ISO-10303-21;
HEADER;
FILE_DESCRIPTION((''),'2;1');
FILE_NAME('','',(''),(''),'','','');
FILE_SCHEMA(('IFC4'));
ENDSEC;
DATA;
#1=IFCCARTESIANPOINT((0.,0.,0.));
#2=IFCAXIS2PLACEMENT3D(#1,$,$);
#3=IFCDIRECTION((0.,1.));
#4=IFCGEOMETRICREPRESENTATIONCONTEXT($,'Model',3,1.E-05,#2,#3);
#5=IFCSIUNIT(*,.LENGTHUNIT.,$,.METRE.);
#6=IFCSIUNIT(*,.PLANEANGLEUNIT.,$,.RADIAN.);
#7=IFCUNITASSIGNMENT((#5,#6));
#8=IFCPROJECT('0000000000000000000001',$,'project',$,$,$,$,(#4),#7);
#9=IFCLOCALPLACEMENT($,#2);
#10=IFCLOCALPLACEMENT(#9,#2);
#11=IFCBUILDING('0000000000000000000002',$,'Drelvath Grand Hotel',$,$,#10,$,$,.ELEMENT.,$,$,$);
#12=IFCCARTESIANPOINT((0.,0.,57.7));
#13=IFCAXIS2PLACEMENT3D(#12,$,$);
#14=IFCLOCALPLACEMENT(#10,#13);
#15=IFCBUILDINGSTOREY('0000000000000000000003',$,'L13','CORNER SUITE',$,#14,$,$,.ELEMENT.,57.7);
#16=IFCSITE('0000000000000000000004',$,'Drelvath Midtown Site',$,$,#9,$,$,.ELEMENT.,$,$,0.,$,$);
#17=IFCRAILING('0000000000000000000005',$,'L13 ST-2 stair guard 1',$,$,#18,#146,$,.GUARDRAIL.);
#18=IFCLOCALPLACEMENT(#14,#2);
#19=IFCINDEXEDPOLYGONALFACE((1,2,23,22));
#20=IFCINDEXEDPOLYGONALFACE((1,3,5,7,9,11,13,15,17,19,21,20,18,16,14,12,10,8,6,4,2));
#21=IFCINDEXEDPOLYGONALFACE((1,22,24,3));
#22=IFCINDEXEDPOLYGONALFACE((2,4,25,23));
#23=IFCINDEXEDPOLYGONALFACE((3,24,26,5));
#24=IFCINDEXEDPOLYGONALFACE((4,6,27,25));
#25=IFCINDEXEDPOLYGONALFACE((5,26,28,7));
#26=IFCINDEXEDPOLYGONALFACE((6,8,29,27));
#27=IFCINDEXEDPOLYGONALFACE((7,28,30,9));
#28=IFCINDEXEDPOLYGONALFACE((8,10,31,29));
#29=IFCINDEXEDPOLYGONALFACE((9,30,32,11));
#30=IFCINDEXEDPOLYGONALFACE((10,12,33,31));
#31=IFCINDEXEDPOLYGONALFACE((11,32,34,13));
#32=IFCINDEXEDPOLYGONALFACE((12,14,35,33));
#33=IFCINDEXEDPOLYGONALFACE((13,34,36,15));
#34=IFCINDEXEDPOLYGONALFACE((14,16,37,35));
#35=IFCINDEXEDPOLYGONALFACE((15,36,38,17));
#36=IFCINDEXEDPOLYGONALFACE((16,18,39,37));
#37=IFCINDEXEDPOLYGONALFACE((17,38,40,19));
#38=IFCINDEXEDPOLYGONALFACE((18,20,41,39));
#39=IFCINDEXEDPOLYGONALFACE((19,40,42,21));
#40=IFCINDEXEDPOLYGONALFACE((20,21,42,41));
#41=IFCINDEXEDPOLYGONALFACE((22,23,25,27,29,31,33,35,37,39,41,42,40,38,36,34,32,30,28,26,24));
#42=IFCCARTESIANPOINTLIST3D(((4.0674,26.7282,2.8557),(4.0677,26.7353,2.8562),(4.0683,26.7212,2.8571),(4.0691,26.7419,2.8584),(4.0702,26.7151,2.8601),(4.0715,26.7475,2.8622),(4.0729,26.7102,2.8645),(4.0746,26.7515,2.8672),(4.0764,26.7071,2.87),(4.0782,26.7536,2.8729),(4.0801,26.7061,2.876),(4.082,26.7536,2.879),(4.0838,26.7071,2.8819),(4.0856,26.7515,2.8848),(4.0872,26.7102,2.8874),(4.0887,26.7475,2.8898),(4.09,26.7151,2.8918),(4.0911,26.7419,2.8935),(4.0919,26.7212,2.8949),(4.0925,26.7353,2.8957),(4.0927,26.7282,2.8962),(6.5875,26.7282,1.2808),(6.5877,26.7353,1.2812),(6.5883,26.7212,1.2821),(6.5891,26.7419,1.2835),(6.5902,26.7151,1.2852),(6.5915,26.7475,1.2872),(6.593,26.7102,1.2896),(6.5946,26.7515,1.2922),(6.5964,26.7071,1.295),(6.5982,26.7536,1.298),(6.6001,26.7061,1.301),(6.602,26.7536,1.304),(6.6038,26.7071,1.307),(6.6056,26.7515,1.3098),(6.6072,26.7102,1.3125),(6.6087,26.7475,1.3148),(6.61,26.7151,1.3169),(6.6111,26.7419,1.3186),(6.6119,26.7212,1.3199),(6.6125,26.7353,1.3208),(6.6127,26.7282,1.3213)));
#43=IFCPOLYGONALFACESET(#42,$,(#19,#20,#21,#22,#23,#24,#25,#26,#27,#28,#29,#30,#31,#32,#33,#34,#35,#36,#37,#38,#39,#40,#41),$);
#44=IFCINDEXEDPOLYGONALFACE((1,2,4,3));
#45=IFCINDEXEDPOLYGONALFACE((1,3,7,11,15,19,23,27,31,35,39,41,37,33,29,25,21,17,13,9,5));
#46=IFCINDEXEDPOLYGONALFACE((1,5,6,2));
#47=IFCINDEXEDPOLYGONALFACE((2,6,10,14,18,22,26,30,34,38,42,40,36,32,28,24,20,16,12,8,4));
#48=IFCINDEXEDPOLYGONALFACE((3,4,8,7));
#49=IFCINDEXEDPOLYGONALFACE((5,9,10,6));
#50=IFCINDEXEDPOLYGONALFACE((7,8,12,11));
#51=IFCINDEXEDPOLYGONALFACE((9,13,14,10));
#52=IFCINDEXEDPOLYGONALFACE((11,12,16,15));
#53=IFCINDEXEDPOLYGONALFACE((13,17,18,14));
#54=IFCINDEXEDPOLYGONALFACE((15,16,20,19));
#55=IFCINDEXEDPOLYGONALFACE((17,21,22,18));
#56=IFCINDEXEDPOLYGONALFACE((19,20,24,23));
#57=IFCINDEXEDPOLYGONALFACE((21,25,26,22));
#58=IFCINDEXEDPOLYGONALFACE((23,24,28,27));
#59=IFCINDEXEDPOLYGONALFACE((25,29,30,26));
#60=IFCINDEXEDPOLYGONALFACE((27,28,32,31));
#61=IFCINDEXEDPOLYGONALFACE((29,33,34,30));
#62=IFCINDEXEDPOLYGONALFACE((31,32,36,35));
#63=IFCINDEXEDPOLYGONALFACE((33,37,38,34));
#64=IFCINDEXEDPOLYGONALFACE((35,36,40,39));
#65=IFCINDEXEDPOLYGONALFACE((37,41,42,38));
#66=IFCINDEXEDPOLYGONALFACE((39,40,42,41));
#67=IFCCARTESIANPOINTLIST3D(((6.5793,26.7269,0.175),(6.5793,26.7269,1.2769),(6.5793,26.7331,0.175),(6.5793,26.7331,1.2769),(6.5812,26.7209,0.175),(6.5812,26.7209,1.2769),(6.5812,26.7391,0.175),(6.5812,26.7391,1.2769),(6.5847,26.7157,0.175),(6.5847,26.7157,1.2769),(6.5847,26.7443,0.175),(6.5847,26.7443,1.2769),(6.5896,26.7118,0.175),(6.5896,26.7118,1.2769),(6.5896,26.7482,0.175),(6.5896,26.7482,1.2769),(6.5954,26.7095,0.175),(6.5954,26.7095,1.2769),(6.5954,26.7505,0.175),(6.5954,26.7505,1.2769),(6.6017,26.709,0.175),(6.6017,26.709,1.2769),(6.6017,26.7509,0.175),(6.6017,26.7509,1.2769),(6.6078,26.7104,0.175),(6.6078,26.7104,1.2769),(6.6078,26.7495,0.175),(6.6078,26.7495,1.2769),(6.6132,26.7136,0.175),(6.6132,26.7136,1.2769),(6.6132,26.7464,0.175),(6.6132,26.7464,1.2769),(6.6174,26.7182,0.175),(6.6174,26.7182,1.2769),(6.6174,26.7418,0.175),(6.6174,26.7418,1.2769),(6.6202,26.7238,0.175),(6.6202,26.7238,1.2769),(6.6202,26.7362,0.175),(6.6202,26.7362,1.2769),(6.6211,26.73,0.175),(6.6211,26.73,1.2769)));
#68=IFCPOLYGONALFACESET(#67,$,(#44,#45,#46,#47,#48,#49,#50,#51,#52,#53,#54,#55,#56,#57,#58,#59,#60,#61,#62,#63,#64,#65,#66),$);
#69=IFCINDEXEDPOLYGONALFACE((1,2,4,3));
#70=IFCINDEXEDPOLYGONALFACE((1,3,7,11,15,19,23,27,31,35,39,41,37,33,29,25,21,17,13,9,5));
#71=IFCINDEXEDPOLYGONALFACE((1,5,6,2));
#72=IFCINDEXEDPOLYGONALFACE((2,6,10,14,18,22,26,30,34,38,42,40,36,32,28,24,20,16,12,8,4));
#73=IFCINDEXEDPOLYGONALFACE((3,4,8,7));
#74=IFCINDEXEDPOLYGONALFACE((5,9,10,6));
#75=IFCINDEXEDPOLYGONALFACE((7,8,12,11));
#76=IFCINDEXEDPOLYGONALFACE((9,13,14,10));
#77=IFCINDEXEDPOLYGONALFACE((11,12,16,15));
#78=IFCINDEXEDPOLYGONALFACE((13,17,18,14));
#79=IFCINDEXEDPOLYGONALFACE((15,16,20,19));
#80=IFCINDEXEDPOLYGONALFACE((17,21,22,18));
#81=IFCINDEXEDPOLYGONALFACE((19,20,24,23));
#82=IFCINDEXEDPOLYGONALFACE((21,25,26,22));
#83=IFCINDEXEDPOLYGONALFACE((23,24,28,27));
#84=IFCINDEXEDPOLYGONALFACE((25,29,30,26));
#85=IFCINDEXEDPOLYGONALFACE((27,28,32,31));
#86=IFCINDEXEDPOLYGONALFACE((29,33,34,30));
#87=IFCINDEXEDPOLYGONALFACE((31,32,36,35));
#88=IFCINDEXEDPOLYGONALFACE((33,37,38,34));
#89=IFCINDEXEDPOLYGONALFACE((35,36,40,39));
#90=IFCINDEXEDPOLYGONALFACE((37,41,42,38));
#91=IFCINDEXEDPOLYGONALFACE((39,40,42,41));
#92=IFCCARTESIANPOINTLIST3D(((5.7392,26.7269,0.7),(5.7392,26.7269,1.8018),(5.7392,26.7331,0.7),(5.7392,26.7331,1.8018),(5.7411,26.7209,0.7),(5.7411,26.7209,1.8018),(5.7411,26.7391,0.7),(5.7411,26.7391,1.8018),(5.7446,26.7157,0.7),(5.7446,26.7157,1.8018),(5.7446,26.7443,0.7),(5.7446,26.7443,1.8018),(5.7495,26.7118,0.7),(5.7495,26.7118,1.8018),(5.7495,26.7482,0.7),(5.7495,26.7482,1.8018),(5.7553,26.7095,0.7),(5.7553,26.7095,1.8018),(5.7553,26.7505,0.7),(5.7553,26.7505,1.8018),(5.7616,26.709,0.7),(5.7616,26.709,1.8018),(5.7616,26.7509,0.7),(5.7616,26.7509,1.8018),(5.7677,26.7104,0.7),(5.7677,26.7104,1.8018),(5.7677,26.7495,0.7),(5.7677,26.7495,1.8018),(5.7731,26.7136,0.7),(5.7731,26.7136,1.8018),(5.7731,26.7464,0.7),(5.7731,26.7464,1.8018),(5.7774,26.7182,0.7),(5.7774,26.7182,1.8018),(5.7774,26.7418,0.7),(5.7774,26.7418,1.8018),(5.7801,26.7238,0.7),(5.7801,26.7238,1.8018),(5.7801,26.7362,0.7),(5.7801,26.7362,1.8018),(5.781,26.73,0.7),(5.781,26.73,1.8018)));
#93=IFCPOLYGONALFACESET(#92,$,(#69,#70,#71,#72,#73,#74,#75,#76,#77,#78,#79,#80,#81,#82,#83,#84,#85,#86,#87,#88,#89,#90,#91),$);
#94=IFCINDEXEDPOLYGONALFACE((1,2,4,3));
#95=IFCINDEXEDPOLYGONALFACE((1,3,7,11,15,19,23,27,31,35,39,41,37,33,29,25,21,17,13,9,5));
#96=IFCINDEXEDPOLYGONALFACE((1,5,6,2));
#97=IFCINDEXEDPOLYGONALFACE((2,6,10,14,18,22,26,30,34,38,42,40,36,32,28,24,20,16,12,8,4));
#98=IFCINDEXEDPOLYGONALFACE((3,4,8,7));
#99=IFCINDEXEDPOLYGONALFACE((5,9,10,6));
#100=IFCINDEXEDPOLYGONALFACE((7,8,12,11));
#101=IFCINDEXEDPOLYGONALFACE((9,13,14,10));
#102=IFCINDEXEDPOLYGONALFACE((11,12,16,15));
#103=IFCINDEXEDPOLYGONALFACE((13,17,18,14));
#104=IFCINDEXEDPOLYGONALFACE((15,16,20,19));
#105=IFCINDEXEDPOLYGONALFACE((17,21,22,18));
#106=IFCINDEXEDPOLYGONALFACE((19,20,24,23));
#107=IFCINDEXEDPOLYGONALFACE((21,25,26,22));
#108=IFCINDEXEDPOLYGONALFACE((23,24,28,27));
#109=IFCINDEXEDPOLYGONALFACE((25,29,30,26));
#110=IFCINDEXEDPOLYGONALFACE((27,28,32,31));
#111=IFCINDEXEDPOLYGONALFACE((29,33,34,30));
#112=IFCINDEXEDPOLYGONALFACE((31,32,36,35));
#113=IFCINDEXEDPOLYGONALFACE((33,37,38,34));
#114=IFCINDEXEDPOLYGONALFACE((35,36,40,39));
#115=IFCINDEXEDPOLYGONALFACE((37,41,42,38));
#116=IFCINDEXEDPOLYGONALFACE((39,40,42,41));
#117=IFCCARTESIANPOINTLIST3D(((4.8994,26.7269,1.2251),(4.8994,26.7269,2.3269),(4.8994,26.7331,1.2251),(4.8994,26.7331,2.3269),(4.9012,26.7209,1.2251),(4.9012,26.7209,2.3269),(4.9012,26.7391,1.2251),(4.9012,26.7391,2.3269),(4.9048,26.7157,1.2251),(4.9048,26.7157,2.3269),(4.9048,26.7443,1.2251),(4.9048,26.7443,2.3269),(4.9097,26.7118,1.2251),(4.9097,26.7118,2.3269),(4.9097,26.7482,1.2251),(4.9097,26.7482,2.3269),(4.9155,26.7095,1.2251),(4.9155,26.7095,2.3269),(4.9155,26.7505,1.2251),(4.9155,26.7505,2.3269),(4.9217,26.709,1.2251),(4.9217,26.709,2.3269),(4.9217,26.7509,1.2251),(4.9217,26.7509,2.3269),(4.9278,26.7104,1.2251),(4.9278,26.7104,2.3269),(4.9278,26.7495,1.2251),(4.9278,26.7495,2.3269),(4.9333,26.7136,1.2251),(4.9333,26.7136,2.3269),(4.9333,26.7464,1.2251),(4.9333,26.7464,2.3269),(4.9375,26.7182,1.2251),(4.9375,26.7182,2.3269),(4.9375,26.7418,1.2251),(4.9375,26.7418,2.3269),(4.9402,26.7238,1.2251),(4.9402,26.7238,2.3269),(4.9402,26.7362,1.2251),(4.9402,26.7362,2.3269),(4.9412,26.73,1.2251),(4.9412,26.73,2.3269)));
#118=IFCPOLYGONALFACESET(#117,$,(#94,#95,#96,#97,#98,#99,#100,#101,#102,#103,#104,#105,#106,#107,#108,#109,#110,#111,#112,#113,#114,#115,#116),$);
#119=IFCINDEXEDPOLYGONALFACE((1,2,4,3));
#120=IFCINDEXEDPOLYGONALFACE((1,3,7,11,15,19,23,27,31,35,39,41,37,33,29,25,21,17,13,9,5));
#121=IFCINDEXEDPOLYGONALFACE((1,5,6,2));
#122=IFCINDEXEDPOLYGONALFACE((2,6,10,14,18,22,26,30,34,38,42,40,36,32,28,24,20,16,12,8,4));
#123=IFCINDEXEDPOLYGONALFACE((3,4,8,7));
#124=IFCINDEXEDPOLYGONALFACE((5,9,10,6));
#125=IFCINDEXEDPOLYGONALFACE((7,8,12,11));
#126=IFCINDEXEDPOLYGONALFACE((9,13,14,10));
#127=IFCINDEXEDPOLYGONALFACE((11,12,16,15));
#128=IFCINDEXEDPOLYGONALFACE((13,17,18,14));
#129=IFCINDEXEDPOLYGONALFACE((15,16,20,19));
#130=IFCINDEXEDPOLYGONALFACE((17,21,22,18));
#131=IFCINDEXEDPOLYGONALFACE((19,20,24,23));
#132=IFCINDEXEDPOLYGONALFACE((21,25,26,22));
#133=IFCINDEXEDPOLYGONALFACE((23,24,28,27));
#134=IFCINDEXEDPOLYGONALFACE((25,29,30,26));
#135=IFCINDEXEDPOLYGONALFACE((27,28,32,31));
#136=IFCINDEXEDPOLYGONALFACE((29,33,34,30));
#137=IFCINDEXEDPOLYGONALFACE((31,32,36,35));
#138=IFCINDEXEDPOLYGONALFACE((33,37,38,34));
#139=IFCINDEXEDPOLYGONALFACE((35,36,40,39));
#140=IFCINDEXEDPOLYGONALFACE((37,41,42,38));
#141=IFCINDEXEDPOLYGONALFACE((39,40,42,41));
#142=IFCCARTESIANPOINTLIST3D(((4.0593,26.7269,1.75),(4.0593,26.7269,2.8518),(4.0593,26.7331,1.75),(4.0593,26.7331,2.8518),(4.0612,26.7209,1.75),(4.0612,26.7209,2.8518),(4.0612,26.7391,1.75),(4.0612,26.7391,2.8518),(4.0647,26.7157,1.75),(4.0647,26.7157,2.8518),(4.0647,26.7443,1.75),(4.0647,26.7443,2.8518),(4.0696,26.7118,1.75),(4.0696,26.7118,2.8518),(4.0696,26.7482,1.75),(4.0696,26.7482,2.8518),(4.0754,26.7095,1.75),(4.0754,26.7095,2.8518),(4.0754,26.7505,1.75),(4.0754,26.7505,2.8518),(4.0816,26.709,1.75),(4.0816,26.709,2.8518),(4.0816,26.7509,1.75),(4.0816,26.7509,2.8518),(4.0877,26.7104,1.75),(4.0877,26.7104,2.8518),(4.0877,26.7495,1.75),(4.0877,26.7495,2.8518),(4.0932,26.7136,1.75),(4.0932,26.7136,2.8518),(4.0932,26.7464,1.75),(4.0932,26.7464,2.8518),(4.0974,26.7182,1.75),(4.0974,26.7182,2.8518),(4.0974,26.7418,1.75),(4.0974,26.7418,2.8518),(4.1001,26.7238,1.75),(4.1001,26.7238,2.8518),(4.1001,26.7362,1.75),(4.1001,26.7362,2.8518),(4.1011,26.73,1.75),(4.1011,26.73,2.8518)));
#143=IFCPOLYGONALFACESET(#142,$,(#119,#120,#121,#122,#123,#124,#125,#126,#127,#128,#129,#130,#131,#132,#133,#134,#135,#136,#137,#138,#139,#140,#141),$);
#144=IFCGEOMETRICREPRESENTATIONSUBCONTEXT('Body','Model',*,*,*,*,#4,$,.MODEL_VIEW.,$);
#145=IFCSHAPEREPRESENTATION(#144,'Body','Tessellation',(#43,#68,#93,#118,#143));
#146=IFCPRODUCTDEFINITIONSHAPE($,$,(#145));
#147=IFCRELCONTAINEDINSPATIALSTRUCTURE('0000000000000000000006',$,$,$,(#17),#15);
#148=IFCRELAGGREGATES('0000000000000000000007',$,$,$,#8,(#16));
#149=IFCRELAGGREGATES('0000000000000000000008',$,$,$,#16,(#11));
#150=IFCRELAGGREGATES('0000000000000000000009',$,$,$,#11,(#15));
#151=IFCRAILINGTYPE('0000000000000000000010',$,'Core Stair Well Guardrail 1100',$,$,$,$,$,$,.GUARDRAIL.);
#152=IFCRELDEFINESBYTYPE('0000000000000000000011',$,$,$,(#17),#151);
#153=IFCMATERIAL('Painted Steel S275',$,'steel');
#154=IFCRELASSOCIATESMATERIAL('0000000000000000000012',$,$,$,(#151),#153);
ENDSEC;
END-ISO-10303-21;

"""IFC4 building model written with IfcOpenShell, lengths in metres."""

from ifc_helpers import new_model, si_unit, direction, frame, origin, origin_2d, place, context, subcontext, project, spatial, circle, extrude, material, type_object, element, save


model = new_model("IFC4")

# Units and contexts
model_context = context("Model", 3, precision=1e-05, world=origin(), true_north=direction((0.0, 1.0)))
body_context = subcontext(model_context, "Body", "Model", "MODEL_VIEW")
ifc_project = project(units=[si_unit("LENGTHUNIT", "METRE"), si_unit("PLANEANGLEUNIT", "RADIAN")], contexts=[model_context])

# Site, building, storey
site_placement = place(None, origin())
site = spatial("IfcSite", under=ifc_project, at=site_placement, Name="Drelvath Midtown Site", CompositionType="ELEMENT", RefElevation=0.0)
building_placement = place(site_placement, origin())
building = spatial("IfcBuilding", under=site, at=building_placement, Name="Drelvath Grand Hotel", CompositionType="ELEMENT")
storey_placement = place(building_placement, frame((0.0, 0.0, 57.7)))
storey = spatial("IfcBuildingStorey", under=building, at=storey_placement, Name="L13", Description="CORNER SUITE", CompositionType="ELEMENT", Elevation=57.7)

# Shared definitions
ifc_material_1 = material(Name="Painted Steel S275", Category="steel")

# Railing
railing_type_1 = type_object("IfcRailingType", Name="Core Stair Well Guardrail 1100", PredefinedType="GUARDRAIL", material=ifc_material_1)
railing_1_placement = place(storey_placement, frame((6.6001, 26.73, 0.175)))
element("IfcRailing", 1, at=railing_1_placement, inside=storey, type_object=railing_type_1, Name="L13 ST-2 stair guard 1", PredefinedType="GUARDRAIL", context=body_context, shape_type="SweptSolid", body=[
    extrude(circle(Radius=0.0239, at=origin_2d()), frame((0.0, 0.0, 1.126), z_axis=(-0.848008, 0.0, 0.529984), x_axis=(0.0, -1.0, 0.0)), (0.0, 0.0, 1.0), 2.9717),
    extrude(circle(Radius=0.021, at=origin_2d()), origin(), (0.0, 0.0, 1.0), 1.1018),
    extrude(circle(Radius=0.021, at=origin_2d()), frame((-0.8401, 0.0, 0.5249)), (0.0, 0.0, 1.0), 1.1018),
    extrude(circle(Radius=0.021, at=origin_2d()), frame((-1.6799, 0.0, 1.05)), (0.0, 0.0, 1.0), 1.1018),
    extrude(circle(Radius=0.021, at=origin_2d()), frame((-2.52, 0.0, 1.575)), (0.0, 0.0, 1.0), 1.1018),
])

save(model, "model.ifc")
